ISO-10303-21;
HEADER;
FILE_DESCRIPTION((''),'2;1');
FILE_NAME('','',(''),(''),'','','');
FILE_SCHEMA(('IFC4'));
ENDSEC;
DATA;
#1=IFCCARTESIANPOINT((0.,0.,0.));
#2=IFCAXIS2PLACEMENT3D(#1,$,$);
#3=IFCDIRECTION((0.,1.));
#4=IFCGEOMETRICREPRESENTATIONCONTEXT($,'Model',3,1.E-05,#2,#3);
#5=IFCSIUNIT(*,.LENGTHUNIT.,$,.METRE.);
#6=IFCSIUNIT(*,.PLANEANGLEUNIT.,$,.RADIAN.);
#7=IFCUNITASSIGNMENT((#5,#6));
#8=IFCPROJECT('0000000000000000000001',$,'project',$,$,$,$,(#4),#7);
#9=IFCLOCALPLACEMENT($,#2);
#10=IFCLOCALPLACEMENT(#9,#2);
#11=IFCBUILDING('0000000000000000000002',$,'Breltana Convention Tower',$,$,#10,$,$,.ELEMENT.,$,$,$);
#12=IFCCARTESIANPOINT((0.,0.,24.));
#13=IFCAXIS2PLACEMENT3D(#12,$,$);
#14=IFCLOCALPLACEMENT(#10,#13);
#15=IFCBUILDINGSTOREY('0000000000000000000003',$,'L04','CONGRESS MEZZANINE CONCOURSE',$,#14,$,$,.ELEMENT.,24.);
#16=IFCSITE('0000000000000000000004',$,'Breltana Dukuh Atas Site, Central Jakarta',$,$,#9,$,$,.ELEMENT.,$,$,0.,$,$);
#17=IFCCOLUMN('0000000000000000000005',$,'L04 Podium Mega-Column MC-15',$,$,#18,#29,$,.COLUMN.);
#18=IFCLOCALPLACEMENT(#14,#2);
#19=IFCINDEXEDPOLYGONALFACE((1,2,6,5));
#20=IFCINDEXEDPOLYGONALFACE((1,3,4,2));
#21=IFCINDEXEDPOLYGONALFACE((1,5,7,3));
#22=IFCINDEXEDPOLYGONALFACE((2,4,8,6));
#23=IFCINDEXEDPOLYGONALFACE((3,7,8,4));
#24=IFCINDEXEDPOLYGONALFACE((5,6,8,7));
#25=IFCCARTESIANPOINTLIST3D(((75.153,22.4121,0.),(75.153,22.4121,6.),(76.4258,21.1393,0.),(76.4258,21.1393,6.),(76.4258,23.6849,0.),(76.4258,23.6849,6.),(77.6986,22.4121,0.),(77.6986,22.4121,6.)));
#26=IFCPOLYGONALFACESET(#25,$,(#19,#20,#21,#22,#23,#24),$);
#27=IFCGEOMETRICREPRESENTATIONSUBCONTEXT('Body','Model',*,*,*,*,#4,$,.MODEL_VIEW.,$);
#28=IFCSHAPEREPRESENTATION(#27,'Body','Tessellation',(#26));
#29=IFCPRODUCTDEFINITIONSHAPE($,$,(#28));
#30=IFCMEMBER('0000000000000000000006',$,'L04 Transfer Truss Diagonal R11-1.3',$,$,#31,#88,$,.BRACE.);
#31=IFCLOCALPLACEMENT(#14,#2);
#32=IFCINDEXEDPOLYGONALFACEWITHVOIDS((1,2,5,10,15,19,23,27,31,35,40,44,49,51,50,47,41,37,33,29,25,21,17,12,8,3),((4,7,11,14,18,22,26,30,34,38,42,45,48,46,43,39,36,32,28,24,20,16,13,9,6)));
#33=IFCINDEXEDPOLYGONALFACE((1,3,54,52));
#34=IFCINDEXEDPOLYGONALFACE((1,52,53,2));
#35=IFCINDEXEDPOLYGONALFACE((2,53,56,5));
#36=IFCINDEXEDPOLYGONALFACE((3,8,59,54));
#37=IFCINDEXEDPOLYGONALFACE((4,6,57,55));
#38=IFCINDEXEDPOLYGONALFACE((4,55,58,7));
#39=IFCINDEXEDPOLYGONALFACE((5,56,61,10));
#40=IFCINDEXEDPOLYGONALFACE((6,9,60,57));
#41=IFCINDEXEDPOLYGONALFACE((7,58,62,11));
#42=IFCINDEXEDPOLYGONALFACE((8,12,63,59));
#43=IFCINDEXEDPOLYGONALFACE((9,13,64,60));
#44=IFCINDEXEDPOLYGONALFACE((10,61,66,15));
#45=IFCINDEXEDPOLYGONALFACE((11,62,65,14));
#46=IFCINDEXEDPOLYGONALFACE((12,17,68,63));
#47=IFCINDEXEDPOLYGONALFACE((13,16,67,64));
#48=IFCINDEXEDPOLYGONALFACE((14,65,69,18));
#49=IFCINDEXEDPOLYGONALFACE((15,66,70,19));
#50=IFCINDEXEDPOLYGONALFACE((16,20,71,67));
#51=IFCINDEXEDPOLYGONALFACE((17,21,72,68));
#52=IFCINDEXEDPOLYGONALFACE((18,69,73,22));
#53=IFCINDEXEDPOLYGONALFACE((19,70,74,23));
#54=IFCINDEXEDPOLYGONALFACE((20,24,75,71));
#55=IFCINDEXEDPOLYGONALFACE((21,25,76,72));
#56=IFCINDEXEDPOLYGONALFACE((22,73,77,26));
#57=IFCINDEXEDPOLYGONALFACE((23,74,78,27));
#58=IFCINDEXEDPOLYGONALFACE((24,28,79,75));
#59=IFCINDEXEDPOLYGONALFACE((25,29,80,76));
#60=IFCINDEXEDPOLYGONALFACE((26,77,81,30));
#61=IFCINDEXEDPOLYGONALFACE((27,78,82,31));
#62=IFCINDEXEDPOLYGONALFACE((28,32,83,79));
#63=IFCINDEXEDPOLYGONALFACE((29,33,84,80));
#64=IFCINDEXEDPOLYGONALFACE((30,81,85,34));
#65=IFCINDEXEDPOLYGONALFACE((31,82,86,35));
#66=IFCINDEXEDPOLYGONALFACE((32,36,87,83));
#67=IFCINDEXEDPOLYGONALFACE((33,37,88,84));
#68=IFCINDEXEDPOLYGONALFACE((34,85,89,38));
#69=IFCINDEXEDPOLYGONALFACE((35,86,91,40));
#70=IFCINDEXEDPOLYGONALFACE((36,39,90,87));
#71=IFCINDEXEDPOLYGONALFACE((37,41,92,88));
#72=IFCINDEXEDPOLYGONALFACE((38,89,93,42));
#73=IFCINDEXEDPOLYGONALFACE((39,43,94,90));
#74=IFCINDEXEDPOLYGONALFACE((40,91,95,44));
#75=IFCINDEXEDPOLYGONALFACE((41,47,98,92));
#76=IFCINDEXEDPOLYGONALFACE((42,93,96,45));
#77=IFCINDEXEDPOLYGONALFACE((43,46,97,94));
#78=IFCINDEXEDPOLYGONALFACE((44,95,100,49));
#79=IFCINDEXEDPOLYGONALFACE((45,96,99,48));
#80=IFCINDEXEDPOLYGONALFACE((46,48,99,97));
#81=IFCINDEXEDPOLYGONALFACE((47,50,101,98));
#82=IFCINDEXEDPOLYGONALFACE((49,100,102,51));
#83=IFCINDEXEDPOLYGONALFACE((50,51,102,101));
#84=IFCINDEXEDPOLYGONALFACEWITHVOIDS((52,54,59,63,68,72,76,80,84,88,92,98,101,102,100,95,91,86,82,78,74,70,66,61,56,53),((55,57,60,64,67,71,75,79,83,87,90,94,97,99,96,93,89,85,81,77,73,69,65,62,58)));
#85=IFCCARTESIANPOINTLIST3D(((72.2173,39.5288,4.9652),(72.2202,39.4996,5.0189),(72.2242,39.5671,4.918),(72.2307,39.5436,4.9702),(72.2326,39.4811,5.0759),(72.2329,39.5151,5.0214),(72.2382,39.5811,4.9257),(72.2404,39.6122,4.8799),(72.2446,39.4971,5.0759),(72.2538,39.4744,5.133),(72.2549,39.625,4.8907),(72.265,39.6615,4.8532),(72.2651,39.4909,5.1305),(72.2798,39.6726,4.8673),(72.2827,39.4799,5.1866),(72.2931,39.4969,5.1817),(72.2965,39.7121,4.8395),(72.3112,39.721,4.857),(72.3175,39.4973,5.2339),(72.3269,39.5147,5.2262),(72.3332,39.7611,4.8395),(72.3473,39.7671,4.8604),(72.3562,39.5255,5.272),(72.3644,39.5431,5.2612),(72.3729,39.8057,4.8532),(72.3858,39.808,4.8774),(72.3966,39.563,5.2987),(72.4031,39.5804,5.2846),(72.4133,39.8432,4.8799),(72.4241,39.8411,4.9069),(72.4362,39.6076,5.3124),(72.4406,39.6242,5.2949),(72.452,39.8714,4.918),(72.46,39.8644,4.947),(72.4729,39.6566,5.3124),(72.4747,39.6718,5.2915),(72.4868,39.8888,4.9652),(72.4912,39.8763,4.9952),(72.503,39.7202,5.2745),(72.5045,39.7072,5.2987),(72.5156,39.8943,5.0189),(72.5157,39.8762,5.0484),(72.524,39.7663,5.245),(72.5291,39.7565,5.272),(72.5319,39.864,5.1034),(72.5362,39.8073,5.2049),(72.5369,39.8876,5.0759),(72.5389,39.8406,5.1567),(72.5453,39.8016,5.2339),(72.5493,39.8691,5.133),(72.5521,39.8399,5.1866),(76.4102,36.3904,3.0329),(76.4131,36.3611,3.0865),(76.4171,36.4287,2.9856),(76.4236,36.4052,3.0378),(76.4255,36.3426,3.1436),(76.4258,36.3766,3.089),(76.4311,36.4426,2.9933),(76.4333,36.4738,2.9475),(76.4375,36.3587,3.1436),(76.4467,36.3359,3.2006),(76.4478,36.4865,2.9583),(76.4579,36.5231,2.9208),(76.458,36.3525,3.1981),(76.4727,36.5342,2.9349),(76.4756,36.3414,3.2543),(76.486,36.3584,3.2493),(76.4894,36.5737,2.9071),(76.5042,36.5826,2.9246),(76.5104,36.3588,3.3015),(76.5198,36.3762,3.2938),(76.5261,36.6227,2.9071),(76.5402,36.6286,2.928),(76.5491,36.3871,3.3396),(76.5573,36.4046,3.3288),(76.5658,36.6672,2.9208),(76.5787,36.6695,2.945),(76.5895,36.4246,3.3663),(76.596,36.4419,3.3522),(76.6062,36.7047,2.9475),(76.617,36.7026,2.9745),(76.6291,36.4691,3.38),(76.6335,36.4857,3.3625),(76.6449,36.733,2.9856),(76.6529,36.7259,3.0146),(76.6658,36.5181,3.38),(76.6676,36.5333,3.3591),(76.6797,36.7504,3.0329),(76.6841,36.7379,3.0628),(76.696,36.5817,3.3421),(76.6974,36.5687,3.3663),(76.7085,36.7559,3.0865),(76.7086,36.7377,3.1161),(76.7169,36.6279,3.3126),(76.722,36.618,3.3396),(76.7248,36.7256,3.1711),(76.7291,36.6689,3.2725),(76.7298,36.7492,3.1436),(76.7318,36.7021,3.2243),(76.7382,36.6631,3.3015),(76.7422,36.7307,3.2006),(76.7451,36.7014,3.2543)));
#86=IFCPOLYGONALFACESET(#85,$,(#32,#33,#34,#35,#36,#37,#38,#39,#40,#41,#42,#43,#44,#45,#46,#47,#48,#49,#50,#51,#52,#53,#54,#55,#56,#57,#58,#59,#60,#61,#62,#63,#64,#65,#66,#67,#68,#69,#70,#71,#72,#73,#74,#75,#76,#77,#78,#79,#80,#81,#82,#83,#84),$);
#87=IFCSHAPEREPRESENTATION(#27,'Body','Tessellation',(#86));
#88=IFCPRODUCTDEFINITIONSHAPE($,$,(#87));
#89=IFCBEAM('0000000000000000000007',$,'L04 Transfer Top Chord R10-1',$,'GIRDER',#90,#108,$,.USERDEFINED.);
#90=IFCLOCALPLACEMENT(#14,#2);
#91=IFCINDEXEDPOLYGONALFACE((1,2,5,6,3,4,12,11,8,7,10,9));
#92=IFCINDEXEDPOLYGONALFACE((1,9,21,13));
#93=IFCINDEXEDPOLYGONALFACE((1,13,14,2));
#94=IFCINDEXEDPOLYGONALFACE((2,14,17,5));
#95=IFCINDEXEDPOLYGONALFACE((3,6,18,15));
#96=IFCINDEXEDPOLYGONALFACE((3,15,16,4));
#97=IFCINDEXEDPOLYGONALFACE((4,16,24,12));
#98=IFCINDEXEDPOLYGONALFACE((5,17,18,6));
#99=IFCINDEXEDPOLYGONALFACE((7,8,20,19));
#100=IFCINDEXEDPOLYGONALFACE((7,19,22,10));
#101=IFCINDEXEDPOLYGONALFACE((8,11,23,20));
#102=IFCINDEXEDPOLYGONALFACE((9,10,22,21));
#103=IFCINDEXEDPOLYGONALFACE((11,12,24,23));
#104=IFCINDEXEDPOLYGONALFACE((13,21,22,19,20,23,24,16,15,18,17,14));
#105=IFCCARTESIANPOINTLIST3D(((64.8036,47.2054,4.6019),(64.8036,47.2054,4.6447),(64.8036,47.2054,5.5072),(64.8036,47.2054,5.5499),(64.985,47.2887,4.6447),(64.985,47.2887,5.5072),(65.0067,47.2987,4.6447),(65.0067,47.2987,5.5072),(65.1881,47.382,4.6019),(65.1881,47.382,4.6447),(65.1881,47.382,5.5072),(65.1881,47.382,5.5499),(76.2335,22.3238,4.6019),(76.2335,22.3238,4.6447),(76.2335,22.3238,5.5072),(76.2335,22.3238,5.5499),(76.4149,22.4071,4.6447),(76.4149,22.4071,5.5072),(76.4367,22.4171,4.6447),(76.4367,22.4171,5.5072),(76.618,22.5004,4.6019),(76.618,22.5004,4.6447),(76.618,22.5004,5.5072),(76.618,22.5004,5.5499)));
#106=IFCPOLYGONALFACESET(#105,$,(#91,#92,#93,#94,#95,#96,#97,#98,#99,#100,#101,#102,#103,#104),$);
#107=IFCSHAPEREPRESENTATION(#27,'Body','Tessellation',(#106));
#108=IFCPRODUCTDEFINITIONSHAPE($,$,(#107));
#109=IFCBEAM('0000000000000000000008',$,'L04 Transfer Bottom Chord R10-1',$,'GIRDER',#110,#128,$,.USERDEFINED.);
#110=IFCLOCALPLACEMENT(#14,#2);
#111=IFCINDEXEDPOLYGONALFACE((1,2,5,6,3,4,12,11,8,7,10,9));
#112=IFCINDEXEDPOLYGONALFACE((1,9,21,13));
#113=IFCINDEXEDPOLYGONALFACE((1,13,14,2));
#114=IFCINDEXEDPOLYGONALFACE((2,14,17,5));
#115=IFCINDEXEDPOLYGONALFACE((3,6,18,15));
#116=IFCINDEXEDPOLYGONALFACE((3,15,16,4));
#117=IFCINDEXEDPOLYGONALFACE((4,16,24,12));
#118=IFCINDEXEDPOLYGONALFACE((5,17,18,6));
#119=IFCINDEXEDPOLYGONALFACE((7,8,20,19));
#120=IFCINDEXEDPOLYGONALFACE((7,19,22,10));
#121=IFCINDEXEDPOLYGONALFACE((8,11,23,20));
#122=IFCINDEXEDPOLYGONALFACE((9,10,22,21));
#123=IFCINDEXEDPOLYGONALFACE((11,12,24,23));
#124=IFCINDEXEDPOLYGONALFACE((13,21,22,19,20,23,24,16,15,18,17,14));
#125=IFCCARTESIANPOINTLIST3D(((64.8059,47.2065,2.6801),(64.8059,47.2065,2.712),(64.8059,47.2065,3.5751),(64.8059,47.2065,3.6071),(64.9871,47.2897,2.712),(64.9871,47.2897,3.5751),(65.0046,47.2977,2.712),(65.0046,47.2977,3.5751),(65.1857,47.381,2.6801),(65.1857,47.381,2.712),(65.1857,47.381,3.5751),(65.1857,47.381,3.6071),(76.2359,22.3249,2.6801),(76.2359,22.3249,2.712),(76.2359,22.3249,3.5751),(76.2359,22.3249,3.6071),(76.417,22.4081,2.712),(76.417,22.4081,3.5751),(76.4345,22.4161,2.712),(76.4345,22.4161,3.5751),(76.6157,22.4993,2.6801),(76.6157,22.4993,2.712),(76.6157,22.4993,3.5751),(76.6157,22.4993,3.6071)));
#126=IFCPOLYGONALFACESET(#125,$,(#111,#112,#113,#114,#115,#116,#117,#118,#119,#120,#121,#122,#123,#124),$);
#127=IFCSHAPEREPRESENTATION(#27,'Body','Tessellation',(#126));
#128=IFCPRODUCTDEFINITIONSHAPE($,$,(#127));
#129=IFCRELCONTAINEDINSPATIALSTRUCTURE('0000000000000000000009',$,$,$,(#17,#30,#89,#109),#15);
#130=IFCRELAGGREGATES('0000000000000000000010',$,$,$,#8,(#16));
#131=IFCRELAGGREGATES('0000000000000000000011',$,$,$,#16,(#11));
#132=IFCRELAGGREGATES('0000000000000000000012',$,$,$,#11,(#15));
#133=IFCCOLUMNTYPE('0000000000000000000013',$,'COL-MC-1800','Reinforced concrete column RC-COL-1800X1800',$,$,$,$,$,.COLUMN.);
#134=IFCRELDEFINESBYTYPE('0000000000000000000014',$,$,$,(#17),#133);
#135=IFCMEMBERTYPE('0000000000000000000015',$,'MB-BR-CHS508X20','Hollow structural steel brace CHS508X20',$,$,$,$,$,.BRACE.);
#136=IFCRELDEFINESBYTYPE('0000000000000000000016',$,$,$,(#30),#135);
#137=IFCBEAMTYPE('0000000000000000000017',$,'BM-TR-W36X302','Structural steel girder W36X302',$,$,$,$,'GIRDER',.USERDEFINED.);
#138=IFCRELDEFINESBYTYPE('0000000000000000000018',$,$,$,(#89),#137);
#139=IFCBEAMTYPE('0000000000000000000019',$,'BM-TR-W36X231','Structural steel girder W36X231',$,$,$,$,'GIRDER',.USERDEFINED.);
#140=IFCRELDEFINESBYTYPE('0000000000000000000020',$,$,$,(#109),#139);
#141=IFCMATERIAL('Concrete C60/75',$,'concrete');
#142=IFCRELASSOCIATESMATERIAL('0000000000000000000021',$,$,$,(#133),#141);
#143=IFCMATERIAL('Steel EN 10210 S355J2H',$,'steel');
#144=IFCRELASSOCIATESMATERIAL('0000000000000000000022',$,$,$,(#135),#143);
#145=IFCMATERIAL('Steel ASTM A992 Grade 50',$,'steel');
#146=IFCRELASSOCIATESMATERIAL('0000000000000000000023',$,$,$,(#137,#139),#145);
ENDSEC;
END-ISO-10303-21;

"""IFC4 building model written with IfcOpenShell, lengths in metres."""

from ifc_helpers import new_model, si_unit, direction, frame, origin, origin_2d, place, context, subcontext, project, spatial, rectangle, hollow_circle, i_section, extrude, source, transform, mapped, material, material_profile, profile_set, type_object, type_shapes, element, save


model = new_model("IFC4")

# Units and contexts
model_context = context("Model", 3, precision=1e-05, world=origin(), true_north=direction((0.0, 1.0)))
body_context = subcontext(model_context, "Body", "Model", "MODEL_VIEW")
ifc_project = project(units=[si_unit("LENGTHUNIT", "METRE"), si_unit("PLANEANGLEUNIT", "RADIAN")], contexts=[model_context])

# Site, building, storey
site_placement = place(None, origin())
site = spatial("IfcSite", under=ifc_project, at=site_placement, Name="Breltana Dukuh Atas Site, Central Jakarta", CompositionType="ELEMENT", RefElevation=0.0)
building_placement = place(site_placement, origin())
building = spatial("IfcBuilding", under=site, at=building_placement, Name="Breltana Convention Tower", CompositionType="ELEMENT")
storey_placement = place(building_placement, frame((0.0, 0.0, 24.0)))
storey = spatial("IfcBuildingStorey", under=building, at=storey_placement, Name="L04", Description="CONGRESS MEZZANINE CONCOURSE", CompositionType="ELEMENT", Elevation=24.0)

# Column
ifc_material_1 = material(Name="Concrete C60/75", Category="concrete")
ifc_material_profile_1 = material_profile(ifc_material_1, rectangle(XDim=1.8, YDim=1.8, at=origin_2d()), Name="RC-COL-1800X1800")
ifc_profile_set_1 = profile_set([ifc_material_profile_1], Name="Concrete C60/75")
column_type = type_object("IfcColumnType", Name="COL-MC-1800", Description="Reinforced concrete column RC-COL-1800X1800", PredefinedType="COLUMN", material=ifc_profile_set_1)
shared_shape_1 = source(origin(), body_context, "Body", "SweptSolid", [
    extrude(rectangle(XDim=1.8, YDim=1.8, at=origin_2d()), origin(), (0.0, 0.0, 1.0), 6.0),
])
type_shapes(column_type, [shared_shape_1])
column_placement = place(storey_placement, frame((76.4258, 22.4121, 0.0), z_axis=(0.0, 0.0, 1.0), x_axis=(0.707107, -0.707107, 0.0)))
element("IfcColumn", 1, at=column_placement, inside=storey, type_object=column_type, Name="L04 Podium Mega-Column MC-15", PredefinedType="COLUMN", context=body_context, shape_type="MappedRepresentation", body=[
    mapped(shared_shape_1, transform((0.0, 0.0, 0.0), scale=1.0)),
])

# Member
ifc_material_2 = material(Name="Steel EN 10210 S355J2H", Category="steel")
ifc_material_profile_2 = material_profile(ifc_material_2, hollow_circle(Radius=0.2539, WallThickness=0.02, at=origin_2d()), Name="CHS508X20")
ifc_profile_set_2 = profile_set([ifc_material_profile_2], Name="Steel EN 10210 S355J2H")
member_type = type_object("IfcMemberType", Name="MB-BR-CHS508X20", Description="Hollow structural steel brace CHS508X20", PredefinedType="BRACE", material=ifc_profile_set_2)
shared_shape_2 = source(origin(), body_context, "Body", "SweptSolid", [
    extrude(hollow_circle(Radius=0.2539, WallThickness=0.02, at=origin_2d()), origin(), (0.0, 0.0, 1.0), 5.5825),
])
member_placement = place(storey_placement, frame((76.5776, 36.5459, 3.1436), z_axis=(-0.751078, 0.562193, 0.34615), x_axis=(-0.599239, -0.80057, 0.0)))
element("IfcMember", 2, at=member_placement, inside=storey, type_object=member_type, Name="L04 Transfer Truss Diagonal R11-1.3", PredefinedType="BRACE", context=body_context, shape_type="MappedRepresentation", body=[
    mapped(shared_shape_2, transform((0.0, 0.0, 0.0), scale=1.0)),
])

# Beams
ifc_material_3 = material(Name="Steel ASTM A992 Grade 50", Category="steel")
ifc_material_profile_3 = material_profile(ifc_material_3, i_section(OverallWidth=0.4231, OverallDepth=0.948, WebThickness=0.0239, FlangeThickness=0.0427, at=origin_2d()), Name="W36X302")
ifc_profile_set_3 = profile_set([ifc_material_profile_3], Name="Steel ASTM A992 Grade 50")
beam_type_1 = type_object("IfcBeamType", Name="BM-TR-W36X302", Description="Structural steel girder W36X302", ElementType="GIRDER", PredefinedType="USERDEFINED", material=ifc_profile_set_3)
shared_shape_3 = source(origin(), body_context, "Body", "SweptSolid", [
    extrude(i_section(OverallWidth=0.4231, OverallDepth=0.948, WebThickness=0.0239, FlangeThickness=0.0427, at=origin_2d()), origin(), (0.0, 0.0, 1.0), 27.3813),
])
beam_1_placement = place(storey_placement, frame((76.4258, 22.4121, 5.0759), z_axis=(-0.417435, 0.908707, 0.0), x_axis=(-0.908707, -0.417435, 0.0)))
element("IfcBeam", 3, at=beam_1_placement, inside=storey, type_object=beam_type_1, Name="L04 Transfer Top Chord R10-1", ObjectType="GIRDER", PredefinedType="USERDEFINED", context=body_context, shape_type="MappedRepresentation", body=[
    mapped(shared_shape_3, transform((0.0, 0.0, 0.0), scale=1.0)),
])
ifc_material_profile_4 = material_profile(ifc_material_3, i_section(OverallWidth=0.418, OverallDepth=0.927, WebThickness=0.0193, FlangeThickness=0.032, at=origin_2d()), Name="W36X231")
ifc_profile_set_4 = profile_set([ifc_material_profile_4], Name="Steel ASTM A992 Grade 50")
beam_type_2 = type_object("IfcBeamType", Name="BM-TR-W36X231", Description="Structural steel girder W36X231", ElementType="GIRDER", PredefinedType="USERDEFINED", material=ifc_profile_set_4)
shared_shape_4 = source(origin(), body_context, "Body", "SweptSolid", [
    extrude(i_section(OverallWidth=0.418, OverallDepth=0.927, WebThickness=0.0193, FlangeThickness=0.032, at=origin_2d()), origin(), (0.0, 0.0, 1.0), 27.3813),
])
beam_2_placement = place(storey_placement, frame((76.4258, 22.4121, 3.1436), z_axis=(-0.417435, 0.908707, 0.0), x_axis=(-0.908707, -0.417435, 0.0)))
element("IfcBeam", 4, at=beam_2_placement, inside=storey, type_object=beam_type_2, Name="L04 Transfer Bottom Chord R10-1", ObjectType="GIRDER", PredefinedType="USERDEFINED", context=body_context, shape_type="MappedRepresentation", body=[
    mapped(shared_shape_4, transform((0.0, 0.0, 0.0), scale=1.0)),
])

save(model, "model.ifc")
